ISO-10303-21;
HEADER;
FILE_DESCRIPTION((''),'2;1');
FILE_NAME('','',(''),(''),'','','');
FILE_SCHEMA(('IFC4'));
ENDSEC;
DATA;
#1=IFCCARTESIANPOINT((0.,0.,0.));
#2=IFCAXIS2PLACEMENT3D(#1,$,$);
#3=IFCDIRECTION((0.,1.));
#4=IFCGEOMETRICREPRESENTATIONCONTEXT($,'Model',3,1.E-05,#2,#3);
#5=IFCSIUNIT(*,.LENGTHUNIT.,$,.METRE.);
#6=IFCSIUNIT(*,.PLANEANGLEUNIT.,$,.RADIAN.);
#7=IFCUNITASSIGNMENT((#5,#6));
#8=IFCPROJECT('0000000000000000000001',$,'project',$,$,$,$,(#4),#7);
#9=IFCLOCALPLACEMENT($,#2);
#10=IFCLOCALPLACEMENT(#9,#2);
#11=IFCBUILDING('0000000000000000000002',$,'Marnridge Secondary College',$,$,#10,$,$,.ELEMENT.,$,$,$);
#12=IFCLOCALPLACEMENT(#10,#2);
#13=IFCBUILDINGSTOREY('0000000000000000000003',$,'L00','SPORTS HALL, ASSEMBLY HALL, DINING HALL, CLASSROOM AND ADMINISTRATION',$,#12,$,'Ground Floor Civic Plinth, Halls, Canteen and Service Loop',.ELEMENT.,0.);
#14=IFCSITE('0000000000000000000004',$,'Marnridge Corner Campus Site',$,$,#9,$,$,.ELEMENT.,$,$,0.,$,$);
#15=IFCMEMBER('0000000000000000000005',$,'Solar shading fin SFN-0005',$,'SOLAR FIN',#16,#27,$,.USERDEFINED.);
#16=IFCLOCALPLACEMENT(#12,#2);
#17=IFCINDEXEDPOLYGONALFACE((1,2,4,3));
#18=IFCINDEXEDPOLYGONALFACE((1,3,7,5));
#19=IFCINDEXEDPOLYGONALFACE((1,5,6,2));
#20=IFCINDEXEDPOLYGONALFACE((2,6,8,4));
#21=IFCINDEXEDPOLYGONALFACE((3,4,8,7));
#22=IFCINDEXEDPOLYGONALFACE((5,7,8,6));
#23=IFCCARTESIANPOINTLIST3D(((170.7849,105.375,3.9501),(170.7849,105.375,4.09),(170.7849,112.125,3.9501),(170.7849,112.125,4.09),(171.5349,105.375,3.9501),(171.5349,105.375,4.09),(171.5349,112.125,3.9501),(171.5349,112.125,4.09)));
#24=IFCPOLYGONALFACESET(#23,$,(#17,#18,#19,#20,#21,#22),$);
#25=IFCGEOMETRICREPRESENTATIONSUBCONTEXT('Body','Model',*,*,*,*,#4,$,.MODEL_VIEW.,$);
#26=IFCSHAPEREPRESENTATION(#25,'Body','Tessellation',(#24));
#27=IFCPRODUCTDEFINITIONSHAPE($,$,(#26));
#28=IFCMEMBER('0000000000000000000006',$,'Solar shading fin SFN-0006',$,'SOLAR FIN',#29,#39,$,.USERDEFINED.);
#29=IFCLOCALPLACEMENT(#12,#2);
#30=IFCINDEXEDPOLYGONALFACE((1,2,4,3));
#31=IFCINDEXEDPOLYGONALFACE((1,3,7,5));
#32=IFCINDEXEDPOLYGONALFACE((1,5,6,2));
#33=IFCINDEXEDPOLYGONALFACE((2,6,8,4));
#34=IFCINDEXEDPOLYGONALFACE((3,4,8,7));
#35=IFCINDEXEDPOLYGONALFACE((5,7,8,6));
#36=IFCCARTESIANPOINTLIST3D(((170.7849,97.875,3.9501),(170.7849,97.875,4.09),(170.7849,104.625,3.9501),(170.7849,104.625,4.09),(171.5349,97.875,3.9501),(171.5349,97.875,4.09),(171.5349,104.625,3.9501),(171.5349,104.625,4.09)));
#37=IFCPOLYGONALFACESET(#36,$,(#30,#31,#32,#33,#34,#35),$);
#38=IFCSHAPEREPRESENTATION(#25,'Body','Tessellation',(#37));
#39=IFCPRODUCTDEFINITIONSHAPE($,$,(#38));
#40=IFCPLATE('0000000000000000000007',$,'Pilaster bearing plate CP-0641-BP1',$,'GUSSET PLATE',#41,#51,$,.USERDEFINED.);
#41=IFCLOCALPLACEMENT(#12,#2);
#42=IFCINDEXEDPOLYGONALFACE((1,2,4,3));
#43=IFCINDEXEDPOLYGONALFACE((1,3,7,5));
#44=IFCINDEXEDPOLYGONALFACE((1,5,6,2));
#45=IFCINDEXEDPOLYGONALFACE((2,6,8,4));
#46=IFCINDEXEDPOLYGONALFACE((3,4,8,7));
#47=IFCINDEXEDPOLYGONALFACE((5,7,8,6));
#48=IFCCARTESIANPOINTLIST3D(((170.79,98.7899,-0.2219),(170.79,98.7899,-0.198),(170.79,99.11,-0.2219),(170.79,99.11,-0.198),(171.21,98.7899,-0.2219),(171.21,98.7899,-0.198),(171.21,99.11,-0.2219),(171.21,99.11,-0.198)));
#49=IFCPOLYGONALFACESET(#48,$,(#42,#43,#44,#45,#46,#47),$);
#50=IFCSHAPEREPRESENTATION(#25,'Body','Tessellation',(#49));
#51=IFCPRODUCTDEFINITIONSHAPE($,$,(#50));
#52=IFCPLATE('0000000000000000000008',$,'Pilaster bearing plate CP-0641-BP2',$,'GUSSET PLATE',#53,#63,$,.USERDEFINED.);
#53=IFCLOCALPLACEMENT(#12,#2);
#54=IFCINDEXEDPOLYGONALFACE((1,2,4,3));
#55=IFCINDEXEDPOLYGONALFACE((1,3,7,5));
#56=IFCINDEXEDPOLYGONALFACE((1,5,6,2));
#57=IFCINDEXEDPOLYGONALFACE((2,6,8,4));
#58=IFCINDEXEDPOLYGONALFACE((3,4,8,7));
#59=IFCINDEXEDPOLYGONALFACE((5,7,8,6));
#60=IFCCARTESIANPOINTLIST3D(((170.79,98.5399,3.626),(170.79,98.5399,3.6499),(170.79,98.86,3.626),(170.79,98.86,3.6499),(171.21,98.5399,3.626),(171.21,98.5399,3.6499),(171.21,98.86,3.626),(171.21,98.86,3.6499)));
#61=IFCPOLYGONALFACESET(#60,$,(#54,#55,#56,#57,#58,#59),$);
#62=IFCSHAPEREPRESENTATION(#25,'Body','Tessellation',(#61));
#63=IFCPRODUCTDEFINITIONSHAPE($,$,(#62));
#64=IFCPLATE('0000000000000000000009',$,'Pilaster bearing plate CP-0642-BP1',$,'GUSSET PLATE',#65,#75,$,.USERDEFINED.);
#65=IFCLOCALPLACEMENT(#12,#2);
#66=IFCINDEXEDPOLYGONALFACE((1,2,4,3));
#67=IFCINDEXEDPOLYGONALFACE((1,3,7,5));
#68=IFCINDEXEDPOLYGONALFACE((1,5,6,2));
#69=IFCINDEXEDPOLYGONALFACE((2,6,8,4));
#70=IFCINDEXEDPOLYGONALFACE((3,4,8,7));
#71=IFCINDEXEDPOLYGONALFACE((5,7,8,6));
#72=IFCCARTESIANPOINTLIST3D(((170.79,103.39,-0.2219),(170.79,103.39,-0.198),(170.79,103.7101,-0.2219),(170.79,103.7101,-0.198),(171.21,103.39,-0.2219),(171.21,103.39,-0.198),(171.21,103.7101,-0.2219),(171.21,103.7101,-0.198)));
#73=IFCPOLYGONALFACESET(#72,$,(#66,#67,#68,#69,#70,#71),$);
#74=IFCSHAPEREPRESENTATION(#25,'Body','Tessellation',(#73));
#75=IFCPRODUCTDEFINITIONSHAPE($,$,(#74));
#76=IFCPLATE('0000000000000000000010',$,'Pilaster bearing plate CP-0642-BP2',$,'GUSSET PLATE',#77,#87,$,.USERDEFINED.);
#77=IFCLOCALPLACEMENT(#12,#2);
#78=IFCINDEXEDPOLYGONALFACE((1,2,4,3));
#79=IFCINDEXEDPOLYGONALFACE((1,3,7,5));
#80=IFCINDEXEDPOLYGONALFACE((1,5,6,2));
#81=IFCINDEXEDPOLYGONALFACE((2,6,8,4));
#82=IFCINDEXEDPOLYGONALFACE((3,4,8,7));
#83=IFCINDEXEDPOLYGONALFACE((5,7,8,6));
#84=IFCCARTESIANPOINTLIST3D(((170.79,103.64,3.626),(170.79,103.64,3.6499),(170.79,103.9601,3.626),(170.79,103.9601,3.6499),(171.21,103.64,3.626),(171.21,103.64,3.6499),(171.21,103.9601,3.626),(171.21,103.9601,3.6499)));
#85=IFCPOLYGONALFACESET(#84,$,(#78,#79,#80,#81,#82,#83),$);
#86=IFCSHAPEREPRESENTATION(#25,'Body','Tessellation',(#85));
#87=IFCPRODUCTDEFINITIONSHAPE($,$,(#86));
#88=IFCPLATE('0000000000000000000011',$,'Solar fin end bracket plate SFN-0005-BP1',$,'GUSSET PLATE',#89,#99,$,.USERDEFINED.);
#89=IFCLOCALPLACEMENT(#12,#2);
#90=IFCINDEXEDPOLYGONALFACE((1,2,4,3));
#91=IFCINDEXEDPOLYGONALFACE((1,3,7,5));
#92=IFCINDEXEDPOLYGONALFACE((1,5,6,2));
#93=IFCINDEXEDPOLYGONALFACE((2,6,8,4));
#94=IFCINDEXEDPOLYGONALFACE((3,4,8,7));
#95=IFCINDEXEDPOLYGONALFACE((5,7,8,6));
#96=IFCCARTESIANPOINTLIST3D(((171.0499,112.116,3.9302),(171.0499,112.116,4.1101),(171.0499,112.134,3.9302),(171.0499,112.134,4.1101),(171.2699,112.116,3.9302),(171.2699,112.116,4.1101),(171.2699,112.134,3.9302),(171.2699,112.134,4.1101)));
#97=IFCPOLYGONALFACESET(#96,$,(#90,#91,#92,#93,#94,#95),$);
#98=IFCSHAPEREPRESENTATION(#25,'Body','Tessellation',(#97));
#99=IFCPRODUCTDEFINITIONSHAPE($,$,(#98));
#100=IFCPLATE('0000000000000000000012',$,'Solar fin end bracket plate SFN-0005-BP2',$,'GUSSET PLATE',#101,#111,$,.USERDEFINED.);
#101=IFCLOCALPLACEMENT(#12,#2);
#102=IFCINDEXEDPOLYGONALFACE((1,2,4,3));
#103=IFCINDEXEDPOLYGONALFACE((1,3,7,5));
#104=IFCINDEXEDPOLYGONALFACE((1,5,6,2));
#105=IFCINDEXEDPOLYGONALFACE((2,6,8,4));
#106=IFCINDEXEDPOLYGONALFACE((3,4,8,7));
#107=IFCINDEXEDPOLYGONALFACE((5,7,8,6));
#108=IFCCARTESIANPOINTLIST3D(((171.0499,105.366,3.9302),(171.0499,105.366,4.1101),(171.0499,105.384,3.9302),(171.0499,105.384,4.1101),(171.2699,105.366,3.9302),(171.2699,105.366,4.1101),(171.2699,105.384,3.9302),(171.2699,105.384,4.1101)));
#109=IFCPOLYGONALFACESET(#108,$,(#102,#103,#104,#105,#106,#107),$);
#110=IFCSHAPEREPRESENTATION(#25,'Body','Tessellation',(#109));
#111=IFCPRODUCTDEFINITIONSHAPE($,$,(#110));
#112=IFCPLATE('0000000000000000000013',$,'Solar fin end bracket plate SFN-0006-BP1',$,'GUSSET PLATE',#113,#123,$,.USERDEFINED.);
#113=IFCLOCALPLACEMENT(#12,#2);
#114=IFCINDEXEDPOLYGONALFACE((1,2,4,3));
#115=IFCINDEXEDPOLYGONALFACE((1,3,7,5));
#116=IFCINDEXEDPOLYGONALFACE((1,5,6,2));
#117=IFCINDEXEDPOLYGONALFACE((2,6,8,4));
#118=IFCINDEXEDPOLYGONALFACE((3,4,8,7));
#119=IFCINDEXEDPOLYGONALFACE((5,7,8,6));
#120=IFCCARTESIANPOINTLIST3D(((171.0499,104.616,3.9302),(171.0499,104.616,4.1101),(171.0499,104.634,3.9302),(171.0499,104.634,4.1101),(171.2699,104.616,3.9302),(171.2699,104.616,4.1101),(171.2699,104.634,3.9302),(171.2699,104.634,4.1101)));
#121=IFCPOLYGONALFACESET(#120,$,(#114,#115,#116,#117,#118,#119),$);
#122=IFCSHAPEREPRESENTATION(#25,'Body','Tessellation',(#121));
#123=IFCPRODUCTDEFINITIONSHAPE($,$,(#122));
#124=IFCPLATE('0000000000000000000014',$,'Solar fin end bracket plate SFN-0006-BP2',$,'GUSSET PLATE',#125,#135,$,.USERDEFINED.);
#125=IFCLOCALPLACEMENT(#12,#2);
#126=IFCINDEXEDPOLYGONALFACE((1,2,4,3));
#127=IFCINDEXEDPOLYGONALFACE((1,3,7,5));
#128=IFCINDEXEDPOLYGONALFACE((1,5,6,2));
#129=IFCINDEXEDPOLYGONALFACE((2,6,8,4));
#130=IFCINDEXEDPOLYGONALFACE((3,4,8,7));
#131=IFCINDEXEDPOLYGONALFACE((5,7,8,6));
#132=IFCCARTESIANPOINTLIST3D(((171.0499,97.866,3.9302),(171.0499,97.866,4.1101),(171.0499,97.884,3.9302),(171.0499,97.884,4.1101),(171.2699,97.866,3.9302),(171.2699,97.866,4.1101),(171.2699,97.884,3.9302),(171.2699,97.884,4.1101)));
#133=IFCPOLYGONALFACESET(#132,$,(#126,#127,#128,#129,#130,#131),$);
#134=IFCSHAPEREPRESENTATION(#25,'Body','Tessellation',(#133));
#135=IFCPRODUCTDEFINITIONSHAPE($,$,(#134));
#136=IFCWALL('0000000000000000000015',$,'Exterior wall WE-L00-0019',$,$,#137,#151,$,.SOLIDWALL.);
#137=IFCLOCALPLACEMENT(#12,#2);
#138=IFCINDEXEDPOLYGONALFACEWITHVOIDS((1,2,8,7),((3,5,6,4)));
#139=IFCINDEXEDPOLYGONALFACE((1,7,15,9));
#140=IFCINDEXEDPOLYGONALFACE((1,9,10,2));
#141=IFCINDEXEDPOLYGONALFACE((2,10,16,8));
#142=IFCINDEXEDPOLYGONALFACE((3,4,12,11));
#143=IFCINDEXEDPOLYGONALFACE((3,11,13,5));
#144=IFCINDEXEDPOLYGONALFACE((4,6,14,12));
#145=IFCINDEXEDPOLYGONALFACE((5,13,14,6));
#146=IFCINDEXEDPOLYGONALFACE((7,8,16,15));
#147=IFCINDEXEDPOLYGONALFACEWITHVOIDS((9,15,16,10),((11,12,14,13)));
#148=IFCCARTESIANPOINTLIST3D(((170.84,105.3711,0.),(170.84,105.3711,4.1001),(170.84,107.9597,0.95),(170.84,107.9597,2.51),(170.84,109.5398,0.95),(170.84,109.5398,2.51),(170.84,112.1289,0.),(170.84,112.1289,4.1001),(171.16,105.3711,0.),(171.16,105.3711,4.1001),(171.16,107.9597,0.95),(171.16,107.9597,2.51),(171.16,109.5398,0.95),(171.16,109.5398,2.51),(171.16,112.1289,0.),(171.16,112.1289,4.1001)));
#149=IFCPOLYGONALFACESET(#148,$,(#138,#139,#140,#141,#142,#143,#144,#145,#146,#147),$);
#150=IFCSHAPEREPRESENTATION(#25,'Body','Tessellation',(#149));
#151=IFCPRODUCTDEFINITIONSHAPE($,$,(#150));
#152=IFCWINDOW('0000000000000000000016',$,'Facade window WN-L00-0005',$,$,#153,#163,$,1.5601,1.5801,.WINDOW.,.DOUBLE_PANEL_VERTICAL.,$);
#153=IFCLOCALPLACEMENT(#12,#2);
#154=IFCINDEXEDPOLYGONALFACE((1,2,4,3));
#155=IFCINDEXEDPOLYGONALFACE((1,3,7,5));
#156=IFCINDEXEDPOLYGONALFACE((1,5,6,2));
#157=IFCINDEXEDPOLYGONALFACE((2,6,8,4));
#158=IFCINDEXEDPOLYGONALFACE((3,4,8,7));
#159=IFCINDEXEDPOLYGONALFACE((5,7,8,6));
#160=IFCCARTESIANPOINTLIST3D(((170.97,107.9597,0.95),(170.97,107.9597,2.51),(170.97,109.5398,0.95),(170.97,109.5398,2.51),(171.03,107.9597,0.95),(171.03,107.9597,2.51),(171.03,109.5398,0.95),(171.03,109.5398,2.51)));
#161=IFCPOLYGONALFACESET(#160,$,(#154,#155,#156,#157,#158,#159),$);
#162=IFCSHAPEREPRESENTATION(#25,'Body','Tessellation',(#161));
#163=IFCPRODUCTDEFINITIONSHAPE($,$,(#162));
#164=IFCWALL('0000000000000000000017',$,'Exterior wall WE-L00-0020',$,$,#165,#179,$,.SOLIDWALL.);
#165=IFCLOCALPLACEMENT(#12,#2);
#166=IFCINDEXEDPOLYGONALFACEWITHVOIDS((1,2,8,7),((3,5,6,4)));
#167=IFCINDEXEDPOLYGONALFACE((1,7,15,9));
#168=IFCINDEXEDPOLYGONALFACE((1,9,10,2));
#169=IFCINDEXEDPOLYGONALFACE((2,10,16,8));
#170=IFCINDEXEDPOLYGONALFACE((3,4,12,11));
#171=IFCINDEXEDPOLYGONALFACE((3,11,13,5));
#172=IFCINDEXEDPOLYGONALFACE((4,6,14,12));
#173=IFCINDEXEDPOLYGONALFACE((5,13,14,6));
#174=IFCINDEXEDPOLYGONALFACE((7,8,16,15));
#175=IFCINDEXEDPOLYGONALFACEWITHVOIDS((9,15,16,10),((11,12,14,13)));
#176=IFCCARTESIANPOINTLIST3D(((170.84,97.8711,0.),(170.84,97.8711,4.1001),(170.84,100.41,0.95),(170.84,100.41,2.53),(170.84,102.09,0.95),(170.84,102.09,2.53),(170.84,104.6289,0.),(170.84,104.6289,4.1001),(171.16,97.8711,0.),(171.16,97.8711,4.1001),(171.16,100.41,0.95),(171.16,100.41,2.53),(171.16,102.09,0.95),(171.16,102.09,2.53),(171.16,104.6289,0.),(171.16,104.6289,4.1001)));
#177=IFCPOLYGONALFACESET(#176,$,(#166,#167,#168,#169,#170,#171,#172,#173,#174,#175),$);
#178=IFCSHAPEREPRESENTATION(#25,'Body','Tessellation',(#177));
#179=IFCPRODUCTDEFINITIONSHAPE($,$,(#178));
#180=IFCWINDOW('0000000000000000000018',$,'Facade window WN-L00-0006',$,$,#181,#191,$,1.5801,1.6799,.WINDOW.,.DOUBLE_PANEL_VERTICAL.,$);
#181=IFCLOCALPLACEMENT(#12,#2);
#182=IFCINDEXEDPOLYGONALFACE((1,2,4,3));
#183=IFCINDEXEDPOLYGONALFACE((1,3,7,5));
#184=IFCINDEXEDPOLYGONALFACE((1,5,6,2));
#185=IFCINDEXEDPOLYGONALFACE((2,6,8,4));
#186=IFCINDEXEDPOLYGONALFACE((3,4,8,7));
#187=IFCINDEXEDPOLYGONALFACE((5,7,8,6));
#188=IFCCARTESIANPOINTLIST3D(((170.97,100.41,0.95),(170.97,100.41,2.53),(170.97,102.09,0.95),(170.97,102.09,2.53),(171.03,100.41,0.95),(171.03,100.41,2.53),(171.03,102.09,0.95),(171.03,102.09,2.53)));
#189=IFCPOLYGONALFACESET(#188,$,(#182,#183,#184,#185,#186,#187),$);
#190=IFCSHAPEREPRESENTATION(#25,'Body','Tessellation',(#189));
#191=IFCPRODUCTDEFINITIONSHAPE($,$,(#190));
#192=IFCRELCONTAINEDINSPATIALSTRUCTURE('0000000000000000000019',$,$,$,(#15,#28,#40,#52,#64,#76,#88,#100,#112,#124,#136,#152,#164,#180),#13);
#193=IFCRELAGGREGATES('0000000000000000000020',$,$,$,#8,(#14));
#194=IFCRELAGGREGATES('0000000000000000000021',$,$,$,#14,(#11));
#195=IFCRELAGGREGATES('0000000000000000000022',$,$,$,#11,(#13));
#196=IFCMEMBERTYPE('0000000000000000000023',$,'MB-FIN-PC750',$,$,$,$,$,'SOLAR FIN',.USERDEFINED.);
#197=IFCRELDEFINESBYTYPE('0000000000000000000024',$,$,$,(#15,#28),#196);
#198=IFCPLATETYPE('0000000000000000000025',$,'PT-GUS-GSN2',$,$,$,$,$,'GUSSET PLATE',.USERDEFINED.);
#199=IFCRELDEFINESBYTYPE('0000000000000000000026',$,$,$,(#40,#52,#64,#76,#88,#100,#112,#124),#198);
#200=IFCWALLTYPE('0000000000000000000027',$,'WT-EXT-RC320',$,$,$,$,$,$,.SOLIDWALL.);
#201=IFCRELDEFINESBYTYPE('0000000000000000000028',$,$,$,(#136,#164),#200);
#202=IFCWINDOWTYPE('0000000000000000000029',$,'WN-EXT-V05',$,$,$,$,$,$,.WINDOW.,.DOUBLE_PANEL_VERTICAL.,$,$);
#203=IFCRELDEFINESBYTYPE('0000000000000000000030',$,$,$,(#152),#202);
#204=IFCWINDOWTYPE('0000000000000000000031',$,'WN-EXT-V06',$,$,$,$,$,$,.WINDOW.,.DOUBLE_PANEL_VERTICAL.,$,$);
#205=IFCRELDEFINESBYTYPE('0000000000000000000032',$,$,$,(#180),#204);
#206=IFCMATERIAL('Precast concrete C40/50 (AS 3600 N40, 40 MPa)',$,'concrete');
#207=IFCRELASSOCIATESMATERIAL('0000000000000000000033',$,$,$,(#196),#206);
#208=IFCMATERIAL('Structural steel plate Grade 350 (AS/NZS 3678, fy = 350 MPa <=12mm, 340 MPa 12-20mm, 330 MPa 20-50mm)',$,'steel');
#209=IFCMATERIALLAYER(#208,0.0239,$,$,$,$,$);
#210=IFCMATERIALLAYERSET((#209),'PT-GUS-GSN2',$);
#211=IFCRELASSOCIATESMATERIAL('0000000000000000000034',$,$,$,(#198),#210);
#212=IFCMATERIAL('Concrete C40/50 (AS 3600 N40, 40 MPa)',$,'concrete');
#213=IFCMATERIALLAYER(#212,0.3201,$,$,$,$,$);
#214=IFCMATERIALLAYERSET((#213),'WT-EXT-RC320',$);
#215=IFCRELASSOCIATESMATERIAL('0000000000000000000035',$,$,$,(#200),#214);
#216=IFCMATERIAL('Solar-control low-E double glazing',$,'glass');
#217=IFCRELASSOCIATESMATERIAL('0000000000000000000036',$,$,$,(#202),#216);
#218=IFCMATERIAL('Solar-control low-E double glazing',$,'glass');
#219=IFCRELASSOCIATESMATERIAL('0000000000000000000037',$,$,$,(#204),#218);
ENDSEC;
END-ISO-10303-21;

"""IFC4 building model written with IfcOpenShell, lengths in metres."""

from ifc_helpers import new_model, si_unit, direction, frame, frame_2d, origin, origin_2d, place, context, subcontext, project, spatial, rectangle, extrude, material, layer, layer_set, material_profile, profile_set, type_object, element, fill, save


model = new_model("IFC4")

# Units and contexts
model_context = context("Model", 3, precision=1e-05, world=origin(), true_north=direction((0.0, 1.0)))
body_context = subcontext(model_context, "Body", "Model", "MODEL_VIEW")
ifc_project = project(units=[si_unit("LENGTHUNIT", "METRE"), si_unit("PLANEANGLEUNIT", "RADIAN")], contexts=[model_context])

# Site, building, storey
site_placement = place(None, origin())
site = spatial("IfcSite", under=ifc_project, at=site_placement, Name="Marnridge Corner Campus Site", CompositionType="ELEMENT", RefElevation=0.0)
building_placement = place(site_placement, origin())
building = spatial("IfcBuilding", under=site, at=building_placement, Name="Marnridge Secondary College", CompositionType="ELEMENT")
storey_placement = place(building_placement, origin())
storey = spatial("IfcBuildingStorey", under=building, at=storey_placement, Name="L00", Description="SPORTS HALL, ASSEMBLY HALL, DINING HALL, CLASSROOM AND ADMINISTRATION", LongName="Ground Floor Civic Plinth, Halls, Canteen and Service Loop", CompositionType="ELEMENT", Elevation=0.0)

# Members
ifc_material_1 = material(Name="Precast concrete C40/50 (AS 3600 N40, 40 MPa)", Category="concrete")
ifc_material_profile_1 = material_profile(ifc_material_1, rectangle(XDim=0.1399, YDim=0.75, at=origin_2d()), Name="FIN PC 140x750")
ifc_profile_set_1 = profile_set([ifc_material_profile_1], Name="Precast concrete C40/50 (AS 3600 N40, 40 MPa)")
member_type = type_object("IfcMemberType", Name="MB-FIN-PC750", ElementType="SOLAR FIN", PredefinedType="USERDEFINED", material=ifc_profile_set_1)
for number, where, z_axis, x_axis, name in (
    (1, (171.1599, 112.125, 4.02), (0.0, -1.0, 0.0), (0.0, 0.0, 1.0), "Solar shading fin SFN-0005"),
    (2, (171.1599, 104.625, 4.02), (0.0, -1.0, 0.0), (0.0, 0.0, 1.0), "Solar shading fin SFN-0006"),
):
    element("IfcMember", number, at=place(storey_placement, frame(where, z_axis=z_axis, x_axis=x_axis)), inside=storey, type_object=member_type, Name=name, ObjectType="SOLAR FIN", PredefinedType="USERDEFINED", context=body_context, shape_type="SweptSolid", body=[
        extrude(rectangle(XDim=0.1399, YDim=0.75, at=origin_2d()), origin(), (0.0, 0.0, 1.0), 6.75),
    ])

# Plates
ifc_material_2 = material(Name="Structural steel plate Grade 350 (AS/NZS 3678, fy = 350 MPa <=12mm, 340 MPa 12-20mm, 330 MPa 20-50mm)", Category="steel")
ifc_layer_1 = layer(ifc_material_2, 0.0239)
ifc_layer_set_1 = layer_set([ifc_layer_1], Name="PT-GUS-GSN2")
plate_type = type_object("IfcPlateType", Name="PT-GUS-GSN2", ElementType="GUSSET PLATE", PredefinedType="USERDEFINED", material=ifc_layer_set_1)
for number, where, z_axis, x_axis, name in (
    (3, (171.0, 98.95, -0.2219), (0.0, 0.0, 1.0), (1.0, 0.0, 0.0), "Pilaster bearing plate CP-0641-BP1"),
    (4, (171.0, 98.7, 3.626), (0.0, 0.0, 1.0), (1.0, 0.0, 0.0), "Pilaster bearing plate CP-0641-BP2"),
    (5, (171.0, 103.55, -0.2219), (0.0, 0.0, 1.0), (1.0, 0.0, 0.0), "Pilaster bearing plate CP-0642-BP1"),
    (6, (171.0, 103.8, 3.626), (0.0, 0.0, 1.0), (1.0, 0.0, 0.0), "Pilaster bearing plate CP-0642-BP2"),
):
    element("IfcPlate", number, at=place(storey_placement, frame(where, z_axis=z_axis, x_axis=x_axis)), inside=storey, type_object=plate_type, Name=name, ObjectType="GUSSET PLATE", PredefinedType="USERDEFINED", context=body_context, shape_type="SweptSolid", body=[
        extrude(rectangle(XDim=0.4199, YDim=0.3201, at=origin_2d()), origin(), (0.0, 0.0, 1.0), 0.0239),
    ])
for number, where, z_axis, x_axis, name in (
    (7, (171.1599, 112.125, 3.9302), (0.0, 0.0, 1.0), (1.0, 0.0, 0.0), "Solar fin end bracket plate SFN-0005-BP1"),
    (8, (171.1599, 105.375, 3.9302), (0.0, 0.0, 1.0), (1.0, 0.0, 0.0), "Solar fin end bracket plate SFN-0005-BP2"),
    (9, (171.1599, 104.625, 3.9302), (0.0, 0.0, 1.0), (1.0, 0.0, 0.0), "Solar fin end bracket plate SFN-0006-BP1"),
    (10, (171.1599, 97.875, 3.9302), (0.0, 0.0, 1.0), (1.0, 0.0, 0.0), "Solar fin end bracket plate SFN-0006-BP2"),
):
    element("IfcPlate", number, at=place(storey_placement, frame(where, z_axis=z_axis, x_axis=x_axis)), inside=storey, type_object=plate_type, Name=name, ObjectType="GUSSET PLATE", PredefinedType="USERDEFINED", context=body_context, shape_type="SweptSolid", body=[
        extrude(rectangle(XDim=0.22, YDim=0.0181, at=origin_2d()), origin(), (0.0, 0.0, 1.0), 0.1799),
    ])

# Walls, openings, windows
ifc_material_3 = material(Name="Concrete C40/50 (AS 3600 N40, 40 MPa)", Category="concrete")
ifc_layer_2 = layer(ifc_material_3, 0.3201)
ifc_layer_set_2 = layer_set([ifc_layer_2], Name="WT-EXT-RC320")
wall_type = type_object("IfcWallType", Name="WT-EXT-RC320", PredefinedType="SOLIDWALL", material=ifc_layer_set_2)
wall_1_placement = place(storey_placement, frame((171.0, 112.1289, 0.0), z_axis=(0.0, 0.0, 1.0), x_axis=(0.0, -1.0, 0.0)))
wall_1 = element("IfcWall", 11, at=wall_1_placement, inside=storey, type_object=wall_type, Name="Exterior wall WE-L00-0019", PredefinedType="SOLIDWALL", context=body_context, shape_type="SweptSolid", body=[
    extrude(rectangle(XDim=6.7578, YDim=0.3201, at=frame_2d((3.3789, 0.0))), origin(), (0.0, 0.0, 1.0), 4.1001),
])
opening_1_placement = place(wall_1_placement, frame((2.5891, 0.0, 0.95)))
opening_1 = element("IfcOpeningElement", 12, at=opening_1_placement, cuts=wall_1, PredefinedType="OPENING", context=body_context, shape_type="SweptSolid", body=[
    extrude(rectangle(XDim=1.5801, YDim=1.5601, at=frame_2d((0.79, 0.78))), frame((0.0, 0.1699, 0.0), z_axis=(0.0, -1.0, 0.0), x_axis=(1.0, 0.0, 0.0)), (0.0, 0.0, 1.0), 0.3401),
])
ifc_material_4 = material(Name="Solar-control low-E double glazing", Category="glass")
window_type_1 = type_object("IfcWindowType", Name="WN-EXT-V05", PartitioningType="DOUBLE_PANEL_VERTICAL", PredefinedType="WINDOW", material=ifc_material_4)
window_1_placement = place(opening_1_placement, origin())
window_1 = element("IfcWindow", 13, at=window_1_placement, inside=storey, type_object=window_type_1, Name="Facade window WN-L00-0005", OverallHeight=1.5601, OverallWidth=1.5801, PartitioningType="DOUBLE_PANEL_VERTICAL", PredefinedType="WINDOW", context=body_context, shape_type="SweptSolid", body=[
    extrude(rectangle(XDim=1.5801, YDim=1.5601, at=frame_2d((0.79, 0.78))), frame((0.0, 0.03, 0.0), z_axis=(0.0, -1.0, 0.0), x_axis=(1.0, 0.0, 0.0)), (0.0, 0.0, 1.0), 0.0601),
])
fill(opening_1, window_1)
wall_2_placement = place(storey_placement, frame((171.0, 104.6289, 0.0), z_axis=(0.0, 0.0, 1.0), x_axis=(0.0, -1.0, 0.0)))
wall_2 = element("IfcWall", 14, at=wall_2_placement, inside=storey, type_object=wall_type, Name="Exterior wall WE-L00-0020", PredefinedType="SOLIDWALL", context=body_context, shape_type="SweptSolid", body=[
    extrude(rectangle(XDim=6.7578, YDim=0.3201, at=frame_2d((3.3789, 0.0))), origin(), (0.0, 0.0, 1.0), 4.1001),
])
opening_2_placement = place(wall_2_placement, frame((2.5391, 0.0, 0.95)))
opening_2 = element("IfcOpeningElement", 15, at=opening_2_placement, cuts=wall_2, PredefinedType="OPENING", context=body_context, shape_type="SweptSolid", body=[
    extrude(rectangle(XDim=1.6799, YDim=1.5801, at=frame_2d((0.8398, 0.79))), frame((0.0, 0.1699, 0.0), z_axis=(0.0, -1.0, 0.0), x_axis=(1.0, 0.0, 0.0)), (0.0, 0.0, 1.0), 0.3401),
])
ifc_material_5 = material(Name="Solar-control low-E double glazing", Category="glass")
window_type_2 = type_object("IfcWindowType", Name="WN-EXT-V06", PartitioningType="DOUBLE_PANEL_VERTICAL", PredefinedType="WINDOW", material=ifc_material_5)
window_2_placement = place(opening_2_placement, origin())
window_2 = element("IfcWindow", 16, at=window_2_placement, inside=storey, type_object=window_type_2, Name="Facade window WN-L00-0006", OverallHeight=1.5801, OverallWidth=1.6799, PartitioningType="DOUBLE_PANEL_VERTICAL", PredefinedType="WINDOW", context=body_context, shape_type="SweptSolid", body=[
    extrude(rectangle(XDim=1.6799, YDim=1.5801, at=frame_2d((0.8398, 0.79))), frame((0.0, 0.03, 0.0), z_axis=(0.0, -1.0, 0.0), x_axis=(1.0, 0.0, 0.0)), (0.0, 0.0, 1.0), 0.0601),
])
fill(opening_2, window_2)

save(model, "model.ifc")
